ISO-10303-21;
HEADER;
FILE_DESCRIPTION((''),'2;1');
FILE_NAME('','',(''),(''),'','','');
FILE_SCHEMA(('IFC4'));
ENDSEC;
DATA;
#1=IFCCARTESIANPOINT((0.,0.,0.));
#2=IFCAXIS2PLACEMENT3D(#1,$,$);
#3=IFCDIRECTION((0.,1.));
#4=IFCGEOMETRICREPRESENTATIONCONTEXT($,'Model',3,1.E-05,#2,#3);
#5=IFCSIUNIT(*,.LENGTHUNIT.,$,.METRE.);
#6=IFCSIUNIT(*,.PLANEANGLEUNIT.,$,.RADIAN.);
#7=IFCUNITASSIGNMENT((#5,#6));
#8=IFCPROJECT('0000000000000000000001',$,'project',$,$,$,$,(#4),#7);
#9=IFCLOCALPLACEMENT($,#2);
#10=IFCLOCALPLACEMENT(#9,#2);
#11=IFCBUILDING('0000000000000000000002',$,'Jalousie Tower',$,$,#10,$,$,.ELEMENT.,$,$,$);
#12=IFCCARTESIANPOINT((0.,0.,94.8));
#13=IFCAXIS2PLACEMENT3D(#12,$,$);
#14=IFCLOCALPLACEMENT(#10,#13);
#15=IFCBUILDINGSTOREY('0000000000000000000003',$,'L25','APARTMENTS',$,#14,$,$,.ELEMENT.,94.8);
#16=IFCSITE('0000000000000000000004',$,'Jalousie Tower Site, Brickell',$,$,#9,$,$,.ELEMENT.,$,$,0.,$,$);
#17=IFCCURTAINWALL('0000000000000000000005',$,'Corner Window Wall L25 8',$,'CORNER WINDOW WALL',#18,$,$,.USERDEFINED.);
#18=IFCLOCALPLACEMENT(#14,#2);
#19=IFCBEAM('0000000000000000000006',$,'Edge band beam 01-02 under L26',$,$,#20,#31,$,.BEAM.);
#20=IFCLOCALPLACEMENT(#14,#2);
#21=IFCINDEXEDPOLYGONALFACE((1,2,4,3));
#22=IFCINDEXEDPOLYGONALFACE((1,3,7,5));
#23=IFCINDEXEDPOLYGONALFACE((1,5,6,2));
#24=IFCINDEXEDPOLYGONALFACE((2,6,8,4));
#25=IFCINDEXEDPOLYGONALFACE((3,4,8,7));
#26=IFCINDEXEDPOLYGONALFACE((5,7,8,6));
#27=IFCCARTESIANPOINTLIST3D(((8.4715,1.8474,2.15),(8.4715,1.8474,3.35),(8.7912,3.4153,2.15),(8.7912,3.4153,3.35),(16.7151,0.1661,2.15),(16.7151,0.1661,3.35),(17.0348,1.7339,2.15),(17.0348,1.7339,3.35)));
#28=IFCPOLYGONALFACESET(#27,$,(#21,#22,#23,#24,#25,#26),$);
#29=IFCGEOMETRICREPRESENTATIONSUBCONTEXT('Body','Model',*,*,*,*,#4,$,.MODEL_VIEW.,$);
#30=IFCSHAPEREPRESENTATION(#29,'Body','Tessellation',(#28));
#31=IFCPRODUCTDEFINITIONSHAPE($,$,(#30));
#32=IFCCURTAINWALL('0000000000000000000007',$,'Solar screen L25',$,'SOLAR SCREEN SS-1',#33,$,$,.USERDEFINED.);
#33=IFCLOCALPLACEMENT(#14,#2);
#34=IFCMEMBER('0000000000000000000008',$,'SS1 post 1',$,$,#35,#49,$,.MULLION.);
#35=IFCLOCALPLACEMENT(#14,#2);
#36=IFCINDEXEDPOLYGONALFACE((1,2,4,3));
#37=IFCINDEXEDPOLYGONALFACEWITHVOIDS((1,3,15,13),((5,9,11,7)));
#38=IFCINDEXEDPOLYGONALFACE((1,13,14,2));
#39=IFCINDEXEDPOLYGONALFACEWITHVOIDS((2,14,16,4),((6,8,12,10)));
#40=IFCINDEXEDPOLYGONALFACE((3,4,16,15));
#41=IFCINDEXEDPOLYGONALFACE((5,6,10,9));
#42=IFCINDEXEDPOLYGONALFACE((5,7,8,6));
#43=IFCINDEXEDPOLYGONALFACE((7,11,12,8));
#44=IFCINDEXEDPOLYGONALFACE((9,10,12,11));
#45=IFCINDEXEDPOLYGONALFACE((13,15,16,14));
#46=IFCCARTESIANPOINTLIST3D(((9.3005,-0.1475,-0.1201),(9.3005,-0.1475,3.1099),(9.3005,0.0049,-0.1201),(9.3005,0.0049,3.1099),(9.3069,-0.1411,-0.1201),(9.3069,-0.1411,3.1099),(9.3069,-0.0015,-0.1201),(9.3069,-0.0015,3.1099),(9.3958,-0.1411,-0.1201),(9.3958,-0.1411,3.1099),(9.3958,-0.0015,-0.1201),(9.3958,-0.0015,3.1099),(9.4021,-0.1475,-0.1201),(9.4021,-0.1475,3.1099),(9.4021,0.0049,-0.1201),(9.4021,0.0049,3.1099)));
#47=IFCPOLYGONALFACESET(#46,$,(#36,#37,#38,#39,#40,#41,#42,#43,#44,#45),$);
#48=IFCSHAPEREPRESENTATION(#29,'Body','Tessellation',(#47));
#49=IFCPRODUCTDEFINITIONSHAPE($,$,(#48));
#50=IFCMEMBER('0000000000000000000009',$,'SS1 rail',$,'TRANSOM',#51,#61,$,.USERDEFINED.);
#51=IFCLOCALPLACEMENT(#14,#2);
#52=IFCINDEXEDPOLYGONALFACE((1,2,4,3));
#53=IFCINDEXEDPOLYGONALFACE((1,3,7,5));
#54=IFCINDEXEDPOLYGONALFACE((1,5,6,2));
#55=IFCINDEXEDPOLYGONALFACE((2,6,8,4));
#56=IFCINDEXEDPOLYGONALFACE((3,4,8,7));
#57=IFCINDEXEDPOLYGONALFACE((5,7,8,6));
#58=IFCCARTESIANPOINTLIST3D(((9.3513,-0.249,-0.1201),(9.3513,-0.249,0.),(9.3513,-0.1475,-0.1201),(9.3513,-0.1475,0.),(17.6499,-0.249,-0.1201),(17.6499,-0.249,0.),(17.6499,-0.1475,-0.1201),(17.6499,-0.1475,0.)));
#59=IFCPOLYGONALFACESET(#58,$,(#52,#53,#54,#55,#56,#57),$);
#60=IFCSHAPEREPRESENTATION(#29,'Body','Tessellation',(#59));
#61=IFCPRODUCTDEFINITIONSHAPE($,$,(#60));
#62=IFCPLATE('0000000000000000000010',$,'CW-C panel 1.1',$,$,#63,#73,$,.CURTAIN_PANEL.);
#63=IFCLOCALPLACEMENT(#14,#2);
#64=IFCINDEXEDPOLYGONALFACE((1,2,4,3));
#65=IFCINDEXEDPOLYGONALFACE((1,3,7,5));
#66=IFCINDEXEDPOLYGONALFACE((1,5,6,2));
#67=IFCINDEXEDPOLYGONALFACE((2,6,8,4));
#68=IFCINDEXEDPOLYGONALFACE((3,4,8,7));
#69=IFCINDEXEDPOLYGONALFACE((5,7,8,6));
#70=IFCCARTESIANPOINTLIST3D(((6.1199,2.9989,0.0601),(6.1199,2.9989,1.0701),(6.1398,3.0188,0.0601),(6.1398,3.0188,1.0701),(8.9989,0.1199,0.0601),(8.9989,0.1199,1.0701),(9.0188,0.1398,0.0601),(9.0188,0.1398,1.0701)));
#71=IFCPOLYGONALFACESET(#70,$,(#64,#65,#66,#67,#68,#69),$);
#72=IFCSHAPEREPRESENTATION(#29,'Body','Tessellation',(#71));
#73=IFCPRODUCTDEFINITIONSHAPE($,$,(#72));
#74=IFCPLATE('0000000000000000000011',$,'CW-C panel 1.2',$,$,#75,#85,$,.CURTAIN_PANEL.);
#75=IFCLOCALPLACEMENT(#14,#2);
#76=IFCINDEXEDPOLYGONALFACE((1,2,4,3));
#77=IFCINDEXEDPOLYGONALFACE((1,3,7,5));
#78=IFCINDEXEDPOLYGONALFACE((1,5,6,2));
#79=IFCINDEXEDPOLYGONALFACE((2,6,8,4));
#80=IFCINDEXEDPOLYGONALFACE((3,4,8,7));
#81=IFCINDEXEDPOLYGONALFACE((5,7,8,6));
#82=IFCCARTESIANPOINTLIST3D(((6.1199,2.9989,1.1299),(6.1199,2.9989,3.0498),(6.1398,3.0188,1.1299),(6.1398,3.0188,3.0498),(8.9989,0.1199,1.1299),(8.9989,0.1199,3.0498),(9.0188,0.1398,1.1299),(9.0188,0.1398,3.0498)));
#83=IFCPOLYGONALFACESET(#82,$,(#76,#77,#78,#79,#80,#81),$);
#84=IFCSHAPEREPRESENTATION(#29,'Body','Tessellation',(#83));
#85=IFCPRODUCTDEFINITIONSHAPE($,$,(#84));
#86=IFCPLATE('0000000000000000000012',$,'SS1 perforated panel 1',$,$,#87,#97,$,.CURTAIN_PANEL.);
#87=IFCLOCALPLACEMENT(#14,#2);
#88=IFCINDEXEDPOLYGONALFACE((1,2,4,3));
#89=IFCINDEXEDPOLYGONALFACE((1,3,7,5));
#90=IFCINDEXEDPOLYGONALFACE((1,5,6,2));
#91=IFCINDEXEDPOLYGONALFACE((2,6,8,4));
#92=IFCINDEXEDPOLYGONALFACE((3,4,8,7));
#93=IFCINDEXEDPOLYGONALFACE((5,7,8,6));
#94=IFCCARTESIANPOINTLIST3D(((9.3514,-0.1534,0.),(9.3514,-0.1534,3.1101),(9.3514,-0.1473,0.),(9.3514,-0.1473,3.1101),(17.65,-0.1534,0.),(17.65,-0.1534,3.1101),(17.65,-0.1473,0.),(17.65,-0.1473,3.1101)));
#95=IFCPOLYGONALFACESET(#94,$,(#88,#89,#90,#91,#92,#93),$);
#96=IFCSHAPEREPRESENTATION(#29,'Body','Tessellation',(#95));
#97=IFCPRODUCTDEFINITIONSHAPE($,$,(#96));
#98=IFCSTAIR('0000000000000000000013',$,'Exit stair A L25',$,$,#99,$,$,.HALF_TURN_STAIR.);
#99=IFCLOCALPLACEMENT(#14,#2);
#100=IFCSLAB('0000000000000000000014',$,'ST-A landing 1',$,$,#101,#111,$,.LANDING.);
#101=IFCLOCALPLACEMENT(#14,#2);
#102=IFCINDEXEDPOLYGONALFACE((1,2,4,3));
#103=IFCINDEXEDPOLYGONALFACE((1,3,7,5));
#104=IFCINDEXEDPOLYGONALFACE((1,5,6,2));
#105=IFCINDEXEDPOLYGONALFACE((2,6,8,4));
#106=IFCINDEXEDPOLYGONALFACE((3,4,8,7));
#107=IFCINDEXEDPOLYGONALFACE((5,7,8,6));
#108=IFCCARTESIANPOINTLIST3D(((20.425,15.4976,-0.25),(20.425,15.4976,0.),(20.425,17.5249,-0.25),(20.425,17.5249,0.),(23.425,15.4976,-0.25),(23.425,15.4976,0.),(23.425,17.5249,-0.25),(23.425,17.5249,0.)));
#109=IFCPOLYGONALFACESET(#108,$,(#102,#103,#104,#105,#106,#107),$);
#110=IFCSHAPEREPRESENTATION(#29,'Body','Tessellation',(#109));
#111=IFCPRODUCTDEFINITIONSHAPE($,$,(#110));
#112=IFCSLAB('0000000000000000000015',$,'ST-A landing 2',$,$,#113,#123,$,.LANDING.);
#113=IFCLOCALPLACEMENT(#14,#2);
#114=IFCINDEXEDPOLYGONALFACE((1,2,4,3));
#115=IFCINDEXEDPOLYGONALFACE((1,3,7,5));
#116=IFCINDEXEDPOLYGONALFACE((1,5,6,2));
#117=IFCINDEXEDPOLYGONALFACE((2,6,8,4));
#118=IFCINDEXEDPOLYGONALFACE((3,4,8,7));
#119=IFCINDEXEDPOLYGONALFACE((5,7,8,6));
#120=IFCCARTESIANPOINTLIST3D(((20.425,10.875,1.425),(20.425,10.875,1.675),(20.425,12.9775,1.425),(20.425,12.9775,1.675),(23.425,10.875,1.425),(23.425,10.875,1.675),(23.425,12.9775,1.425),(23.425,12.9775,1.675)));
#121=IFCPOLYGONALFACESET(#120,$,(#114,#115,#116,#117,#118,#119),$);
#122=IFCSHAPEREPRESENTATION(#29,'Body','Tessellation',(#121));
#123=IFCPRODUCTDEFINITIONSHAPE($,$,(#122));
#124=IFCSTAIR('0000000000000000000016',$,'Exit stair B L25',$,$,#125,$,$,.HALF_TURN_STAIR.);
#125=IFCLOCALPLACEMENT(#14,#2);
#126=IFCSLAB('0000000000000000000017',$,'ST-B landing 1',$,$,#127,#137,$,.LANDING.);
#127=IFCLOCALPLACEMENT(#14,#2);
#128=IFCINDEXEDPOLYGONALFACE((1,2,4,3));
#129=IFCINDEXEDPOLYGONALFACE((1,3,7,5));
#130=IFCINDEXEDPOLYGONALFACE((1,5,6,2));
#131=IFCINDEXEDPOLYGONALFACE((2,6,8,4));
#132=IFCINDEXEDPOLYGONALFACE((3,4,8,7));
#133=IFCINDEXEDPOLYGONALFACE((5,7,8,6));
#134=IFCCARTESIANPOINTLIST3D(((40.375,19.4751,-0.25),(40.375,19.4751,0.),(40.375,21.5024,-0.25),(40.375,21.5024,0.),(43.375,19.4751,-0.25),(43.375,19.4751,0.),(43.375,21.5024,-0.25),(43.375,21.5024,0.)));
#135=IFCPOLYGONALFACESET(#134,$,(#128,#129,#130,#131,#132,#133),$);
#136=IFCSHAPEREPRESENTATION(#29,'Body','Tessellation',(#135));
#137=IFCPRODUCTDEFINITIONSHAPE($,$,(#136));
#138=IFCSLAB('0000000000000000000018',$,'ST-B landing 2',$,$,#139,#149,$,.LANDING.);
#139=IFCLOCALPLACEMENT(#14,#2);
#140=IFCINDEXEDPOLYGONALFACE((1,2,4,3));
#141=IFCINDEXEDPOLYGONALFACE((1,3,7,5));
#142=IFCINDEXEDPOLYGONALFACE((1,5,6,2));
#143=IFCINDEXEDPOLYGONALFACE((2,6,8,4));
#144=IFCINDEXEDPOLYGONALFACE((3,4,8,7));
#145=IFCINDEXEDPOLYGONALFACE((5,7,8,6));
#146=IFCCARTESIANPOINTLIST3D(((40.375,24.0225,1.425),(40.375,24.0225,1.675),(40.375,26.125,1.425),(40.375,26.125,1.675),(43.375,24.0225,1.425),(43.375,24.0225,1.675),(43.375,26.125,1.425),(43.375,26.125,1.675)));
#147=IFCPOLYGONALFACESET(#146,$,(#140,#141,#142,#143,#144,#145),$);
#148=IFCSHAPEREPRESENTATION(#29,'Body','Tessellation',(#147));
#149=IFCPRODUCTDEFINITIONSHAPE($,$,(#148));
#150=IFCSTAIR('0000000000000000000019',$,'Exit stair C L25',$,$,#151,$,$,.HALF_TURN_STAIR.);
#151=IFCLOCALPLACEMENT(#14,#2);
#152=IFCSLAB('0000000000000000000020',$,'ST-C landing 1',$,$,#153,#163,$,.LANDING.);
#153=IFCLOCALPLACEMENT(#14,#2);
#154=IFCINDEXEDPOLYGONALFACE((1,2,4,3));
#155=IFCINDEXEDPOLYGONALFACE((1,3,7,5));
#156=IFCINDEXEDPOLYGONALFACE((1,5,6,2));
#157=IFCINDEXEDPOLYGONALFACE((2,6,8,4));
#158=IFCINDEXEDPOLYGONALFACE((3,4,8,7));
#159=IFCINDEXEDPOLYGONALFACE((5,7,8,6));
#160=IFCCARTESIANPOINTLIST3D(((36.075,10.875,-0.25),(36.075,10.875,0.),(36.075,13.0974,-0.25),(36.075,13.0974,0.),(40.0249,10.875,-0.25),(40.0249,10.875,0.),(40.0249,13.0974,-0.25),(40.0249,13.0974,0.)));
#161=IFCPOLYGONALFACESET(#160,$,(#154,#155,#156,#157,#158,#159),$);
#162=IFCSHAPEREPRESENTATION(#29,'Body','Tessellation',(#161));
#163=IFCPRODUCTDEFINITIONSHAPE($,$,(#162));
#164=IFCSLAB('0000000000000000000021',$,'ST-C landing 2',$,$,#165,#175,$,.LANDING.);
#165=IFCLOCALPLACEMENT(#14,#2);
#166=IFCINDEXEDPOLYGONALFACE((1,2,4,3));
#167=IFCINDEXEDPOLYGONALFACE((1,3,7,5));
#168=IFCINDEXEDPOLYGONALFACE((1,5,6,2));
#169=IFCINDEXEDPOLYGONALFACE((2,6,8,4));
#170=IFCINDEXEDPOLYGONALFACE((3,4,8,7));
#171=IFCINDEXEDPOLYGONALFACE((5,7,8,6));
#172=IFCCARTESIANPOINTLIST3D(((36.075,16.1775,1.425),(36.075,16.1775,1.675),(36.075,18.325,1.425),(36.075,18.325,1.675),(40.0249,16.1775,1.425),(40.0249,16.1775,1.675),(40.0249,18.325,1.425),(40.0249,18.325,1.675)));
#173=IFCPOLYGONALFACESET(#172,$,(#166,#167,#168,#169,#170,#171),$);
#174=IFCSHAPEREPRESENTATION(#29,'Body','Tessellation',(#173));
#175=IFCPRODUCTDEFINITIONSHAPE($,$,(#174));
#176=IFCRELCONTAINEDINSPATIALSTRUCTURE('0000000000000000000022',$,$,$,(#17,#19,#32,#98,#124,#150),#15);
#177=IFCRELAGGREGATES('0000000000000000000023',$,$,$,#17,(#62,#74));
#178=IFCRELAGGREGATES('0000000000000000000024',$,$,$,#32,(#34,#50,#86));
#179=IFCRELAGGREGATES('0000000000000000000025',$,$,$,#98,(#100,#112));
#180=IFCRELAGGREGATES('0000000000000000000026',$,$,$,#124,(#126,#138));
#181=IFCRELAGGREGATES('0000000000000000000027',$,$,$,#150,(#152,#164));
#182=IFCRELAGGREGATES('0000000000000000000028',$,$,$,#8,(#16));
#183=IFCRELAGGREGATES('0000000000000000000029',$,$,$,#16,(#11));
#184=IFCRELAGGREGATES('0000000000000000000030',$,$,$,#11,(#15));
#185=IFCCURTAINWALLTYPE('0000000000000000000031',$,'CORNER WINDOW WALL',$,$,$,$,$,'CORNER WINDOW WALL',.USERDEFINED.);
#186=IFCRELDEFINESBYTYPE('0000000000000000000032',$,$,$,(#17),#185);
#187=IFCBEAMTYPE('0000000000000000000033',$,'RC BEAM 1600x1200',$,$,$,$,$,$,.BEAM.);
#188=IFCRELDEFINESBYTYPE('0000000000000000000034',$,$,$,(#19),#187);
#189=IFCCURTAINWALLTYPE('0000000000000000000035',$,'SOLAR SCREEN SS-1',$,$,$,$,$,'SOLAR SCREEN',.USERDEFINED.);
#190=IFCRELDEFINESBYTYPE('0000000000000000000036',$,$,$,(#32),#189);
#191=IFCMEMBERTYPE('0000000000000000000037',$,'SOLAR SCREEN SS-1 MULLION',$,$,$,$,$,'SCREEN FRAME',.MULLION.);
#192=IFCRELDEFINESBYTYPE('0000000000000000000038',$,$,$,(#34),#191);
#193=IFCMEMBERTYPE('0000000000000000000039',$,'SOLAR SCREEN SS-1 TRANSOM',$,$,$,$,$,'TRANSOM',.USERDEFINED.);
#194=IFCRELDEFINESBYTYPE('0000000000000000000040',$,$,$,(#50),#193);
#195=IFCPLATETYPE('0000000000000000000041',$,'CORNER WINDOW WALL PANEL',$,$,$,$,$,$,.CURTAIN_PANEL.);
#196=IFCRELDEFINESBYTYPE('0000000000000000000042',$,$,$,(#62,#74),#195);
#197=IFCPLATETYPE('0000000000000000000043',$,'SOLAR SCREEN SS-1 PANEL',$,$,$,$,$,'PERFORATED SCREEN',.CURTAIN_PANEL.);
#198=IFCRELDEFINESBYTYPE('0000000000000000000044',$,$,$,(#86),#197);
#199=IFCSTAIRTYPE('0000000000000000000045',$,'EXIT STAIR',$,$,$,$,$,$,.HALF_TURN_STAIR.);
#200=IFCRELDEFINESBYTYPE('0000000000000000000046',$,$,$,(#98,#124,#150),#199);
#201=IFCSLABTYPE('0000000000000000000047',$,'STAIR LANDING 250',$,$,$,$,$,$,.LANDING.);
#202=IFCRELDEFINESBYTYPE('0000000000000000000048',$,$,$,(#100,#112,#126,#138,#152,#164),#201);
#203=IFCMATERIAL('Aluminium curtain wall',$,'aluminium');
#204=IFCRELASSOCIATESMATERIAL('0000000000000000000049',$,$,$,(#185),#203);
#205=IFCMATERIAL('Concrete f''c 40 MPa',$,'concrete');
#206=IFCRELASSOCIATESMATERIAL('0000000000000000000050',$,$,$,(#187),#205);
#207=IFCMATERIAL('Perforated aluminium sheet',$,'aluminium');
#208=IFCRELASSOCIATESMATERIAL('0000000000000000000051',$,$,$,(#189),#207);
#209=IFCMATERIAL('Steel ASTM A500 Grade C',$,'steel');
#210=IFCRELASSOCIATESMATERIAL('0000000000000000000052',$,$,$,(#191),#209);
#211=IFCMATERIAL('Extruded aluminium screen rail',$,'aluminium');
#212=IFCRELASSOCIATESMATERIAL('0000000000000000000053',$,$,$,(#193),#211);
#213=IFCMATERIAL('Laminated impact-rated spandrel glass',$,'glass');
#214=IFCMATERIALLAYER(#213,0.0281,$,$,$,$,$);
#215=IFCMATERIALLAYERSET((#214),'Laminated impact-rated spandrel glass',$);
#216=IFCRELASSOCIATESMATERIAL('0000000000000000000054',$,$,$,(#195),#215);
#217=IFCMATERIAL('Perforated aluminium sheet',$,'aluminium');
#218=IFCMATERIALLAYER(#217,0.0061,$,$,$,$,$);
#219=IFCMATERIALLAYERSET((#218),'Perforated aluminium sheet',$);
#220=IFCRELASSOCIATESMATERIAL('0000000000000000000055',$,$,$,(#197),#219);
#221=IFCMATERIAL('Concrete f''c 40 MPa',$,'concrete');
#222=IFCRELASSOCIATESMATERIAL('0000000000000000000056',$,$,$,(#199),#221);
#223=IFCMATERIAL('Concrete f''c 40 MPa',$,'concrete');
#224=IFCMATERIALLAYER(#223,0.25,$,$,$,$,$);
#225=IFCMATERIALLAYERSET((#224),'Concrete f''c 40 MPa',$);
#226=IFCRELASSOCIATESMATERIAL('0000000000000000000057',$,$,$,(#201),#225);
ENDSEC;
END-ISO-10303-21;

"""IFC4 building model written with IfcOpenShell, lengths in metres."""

from ifc_helpers import new_model, si_unit, direction, frame, origin, origin_2d, place, context, subcontext, project, spatial, polyline, rectangle, hollow_rectangle, outline, extrude, material, layer, layer_set, material_profile, profile_set, type_object, element, aggregate, save


model = new_model("IFC4")

# Units and contexts
model_context = context("Model", 3, precision=1e-05, world=origin(), true_north=direction((0.0, 1.0)))
body_context = subcontext(model_context, "Body", "Model", "MODEL_VIEW")
ifc_project = project(units=[si_unit("LENGTHUNIT", "METRE"), si_unit("PLANEANGLEUNIT", "RADIAN")], contexts=[model_context])

# Site, building, storey
site_placement = place(None, origin())
site = spatial("IfcSite", under=ifc_project, at=site_placement, Name="Jalousie Tower Site, Brickell", CompositionType="ELEMENT", RefElevation=0.0)
building_placement = place(site_placement, origin())
building = spatial("IfcBuilding", under=site, at=building_placement, Name="Jalousie Tower", CompositionType="ELEMENT")
storey_placement = place(building_placement, frame((0.0, 0.0, 94.8)))
storey = spatial("IfcBuildingStorey", under=building, at=storey_placement, Name="L25", Description="APARTMENTS", CompositionType="ELEMENT", Elevation=94.8)

# Curtain wall
ifc_material_1 = material(Name="Aluminium curtain wall", Category="aluminium")
curtain_wall_type_1 = type_object("IfcCurtainWallType", Name="CORNER WINDOW WALL", ElementType="CORNER WINDOW WALL", PredefinedType="USERDEFINED", material=ifc_material_1)
curtain_wall_1_placement = place(storey_placement, origin())
curtain_wall_1 = element("IfcCurtainWall", 1, at=curtain_wall_1_placement, inside=storey, type_object=curtain_wall_type_1, Name="Corner Window Wall L25 8", ObjectType="CORNER WINDOW WALL", PredefinedType="USERDEFINED")

# Beam
ifc_material_2 = material(Name="Concrete f'c 40 MPa", Category="concrete")
ifc_material_profile_1 = material_profile(ifc_material_2, rectangle(XDim=1.6001, YDim=1.2, at=origin_2d()), Name="RC 1600x1200")
ifc_profile_set_1 = profile_set([ifc_material_profile_1], Name="Concrete f'c 40 MPa")
beam_type_1 = type_object("IfcBeamType", Name="RC BEAM 1600x1200", PredefinedType="BEAM", material=ifc_profile_set_1)
beam_1_placement = place(storey_placement, frame((8.6313, 2.6313, 2.75), z_axis=(0.979827, -0.199848, 0.0), x_axis=(0.199848, 0.979827, 0.0)))
element("IfcBeam", 2, at=beam_1_placement, inside=storey, type_object=beam_type_1, Name="Edge band beam 01-02 under L26", PredefinedType="BEAM", context=body_context, shape_type="SweptSolid", body=[
    extrude(rectangle(XDim=1.6001, YDim=1.2, at=origin_2d()), origin(), (0.0, 0.0, 1.0), 8.4133),
])

# Curtain wall, members
ifc_material_3 = material(Name="Perforated aluminium sheet", Category="aluminium")
curtain_wall_type_2 = type_object("IfcCurtainWallType", Name="SOLAR SCREEN SS-1", ElementType="SOLAR SCREEN", PredefinedType="USERDEFINED", material=ifc_material_3)
curtain_wall_2_placement = place(storey_placement, origin())
curtain_wall_2 = element("IfcCurtainWall", 3, at=curtain_wall_2_placement, inside=storey, type_object=curtain_wall_type_2, Name="Solar screen L25", ObjectType="SOLAR SCREEN SS-1", PredefinedType="USERDEFINED")
ifc_material_4 = material(Name="Steel ASTM A500 Grade C", Category="steel")
ifc_material_profile_2 = material_profile(ifc_material_4, hollow_rectangle(XDim=0.1016, YDim=0.1523, WallThickness=0.0063, at=origin_2d()), Name="HSS6X4X1/4")
ifc_profile_set_2 = profile_set([ifc_material_profile_2], Name="Steel ASTM A500 Grade C")
member_type_1 = type_object("IfcMemberType", Name="SOLAR SCREEN SS-1 MULLION", ElementType="SCREEN FRAME", PredefinedType="MULLION", material=ifc_profile_set_2)
member_1_placement = place(storey_placement, frame((9.3513, -0.0713, -0.1201), z_axis=(0.0, 0.0, 1.0), x_axis=(1.0, 0.0, 0.0)))
member_1 = element("IfcMember", 4, at=member_1_placement, type_object=member_type_1, Name="SS1 post 1", PredefinedType="MULLION", context=body_context, shape_type="SweptSolid", body=[
    extrude(hollow_rectangle(XDim=0.1016, YDim=0.1523, WallThickness=0.0063, at=origin_2d()), origin(), (0.0, 0.0, 1.0), 3.23),
])
ifc_material_5 = material(Name="Extruded aluminium screen rail", Category="aluminium")
ifc_material_profile_3 = material_profile(ifc_material_5, rectangle(XDim=0.1016, YDim=0.1201, at=origin_2d()), Name="RAIL 102x120")
ifc_profile_set_3 = profile_set([ifc_material_profile_3], Name="Extruded aluminium screen rail")
member_type_2 = type_object("IfcMemberType", Name="SOLAR SCREEN SS-1 TRANSOM", ElementType="TRANSOM", PredefinedType="USERDEFINED", material=ifc_profile_set_3)
member_2_placement = place(storey_placement, frame((9.3513, -0.1982, -0.0601), z_axis=(1.0, 0.0, 0.0), x_axis=(0.0, 1.0, 0.0)))
member_2 = element("IfcMember", 5, at=member_2_placement, type_object=member_type_2, Name="SS1 rail", ObjectType="TRANSOM", PredefinedType="USERDEFINED", context=body_context, shape_type="SweptSolid", body=[
    extrude(rectangle(XDim=0.1016, YDim=0.1201, at=origin_2d()), origin(), (0.0, 0.0, 1.0), 8.2986),
])

# Plates
ifc_material_6 = material(Name="Laminated impact-rated spandrel glass", Category="glass")
ifc_layer_1 = layer(ifc_material_6, 0.0281)
ifc_layer_set_1 = layer_set([ifc_layer_1], Name="Laminated impact-rated spandrel glass")
plate_type_1 = type_object("IfcPlateType", Name="CORNER WINDOW WALL PANEL", PredefinedType="CURTAIN_PANEL", material=ifc_layer_set_1)
plate_1_placement = place(storey_placement, frame((7.5693, 1.5693, 0.0601), z_axis=(0.0, 0.0, 1.0), x_axis=(0.707107, -0.707107, 0.0)))
plate_1 = element("IfcPlate", 6, at=plate_1_placement, type_object=plate_type_1, Name="CW-C panel 1.1", PredefinedType="CURTAIN_PANEL", context=body_context, shape_type="SweptSolid", body=[
    extrude(rectangle(XDim=4.0715, YDim=0.0281, at=origin_2d()), origin(), (0.0, 0.0, 1.0), 1.01),
])
plate_2_placement = place(storey_placement, frame((7.5693, 1.5693, 1.1299), z_axis=(0.0, 0.0, 1.0), x_axis=(0.707107, -0.707107, 0.0)))
plate_2 = element("IfcPlate", 7, at=plate_2_placement, type_object=plate_type_1, Name="CW-C panel 1.2", PredefinedType="CURTAIN_PANEL", context=body_context, shape_type="SweptSolid", body=[
    extrude(rectangle(XDim=4.0715, YDim=0.0281, at=origin_2d()), origin(), (0.0, 0.0, 1.0), 1.9199),
])
aggregate(curtain_wall_1, [plate_1, plate_2])

# Plate
ifc_material_7 = material(Name="Perforated aluminium sheet", Category="aluminium")
ifc_layer_2 = layer(ifc_material_7, 0.0061)
ifc_layer_set_2 = layer_set([ifc_layer_2], Name="Perforated aluminium sheet")
plate_type_2 = type_object("IfcPlateType", Name="SOLAR SCREEN SS-1 PANEL", ElementType="PERFORATED SCREEN", PredefinedType="CURTAIN_PANEL", material=ifc_layer_set_2)
plate_3_placement = place(storey_placement, frame((13.5007, -0.1504, 0.0), z_axis=(0.0, 0.0, 1.0), x_axis=(1.0, 0.0, 0.0)))
plate_3 = element("IfcPlate", 8, at=plate_3_placement, type_object=plate_type_2, Name="SS1 perforated panel 1", PredefinedType="CURTAIN_PANEL", context=body_context, shape_type="SweptSolid", body=[
    extrude(rectangle(XDim=8.2986, YDim=0.0061, at=origin_2d()), origin(), (0.0, 0.0, 1.0), 3.1101),
])
aggregate(curtain_wall_2, [member_1, member_2, plate_3])

# Stairs, slabs
ifc_material_8 = material(Name="Concrete f'c 40 MPa", Category="concrete")
stair_type = type_object("IfcStairType", Name="EXIT STAIR", PredefinedType="HALF_TURN_STAIR", material=ifc_material_8)
stair_1_placement = place(storey_placement, origin())
stair_1 = element("IfcStair", 9, at=stair_1_placement, inside=storey, type_object=stair_type, Name="Exit stair A L25", PredefinedType="HALF_TURN_STAIR")
ifc_material_9 = material(Name="Concrete f'c 40 MPa", Category="concrete")
ifc_layer_3 = layer(ifc_material_9, 0.25)
ifc_layer_set_3 = layer_set([ifc_layer_3], Name="Concrete f'c 40 MPa")
slab_type_1 = type_object("IfcSlabType", Name="STAIR LANDING 250", PredefinedType="LANDING", material=ifc_layer_set_3)
slab_1_placement = place(storey_placement, frame((0.0, 0.0, -0.25)))
slab_1 = element("IfcSlab", 10, at=slab_1_placement, type_object=slab_type_1, Name="ST-A landing 1", PredefinedType="LANDING", context=body_context, shape_type="SweptSolid", body=[
    extrude(outline(polyline([(20.425, 15.4976), (23.425, 15.4976), (23.425, 17.5249), (20.425, 17.5249), (20.425, 15.4976)])), origin(), (0.0, 0.0, 1.0), 0.25),
])
slab_2_placement = place(storey_placement, frame((0.0, 0.0, 1.425)))
slab_2 = element("IfcSlab", 11, at=slab_2_placement, type_object=slab_type_1, Name="ST-A landing 2", PredefinedType="LANDING", context=body_context, shape_type="SweptSolid", body=[
    extrude(outline(polyline([(20.425, 10.875), (23.425, 10.875), (23.425, 12.9775), (20.425, 12.9775), (20.425, 10.875)])), origin(), (0.0, 0.0, 1.0), 0.25),
])
aggregate(stair_1, [slab_1, slab_2])
stair_2_placement = place(storey_placement, origin())
stair_2 = element("IfcStair", 12, at=stair_2_placement, inside=storey, type_object=stair_type, Name="Exit stair B L25", PredefinedType="HALF_TURN_STAIR")
slab_3_placement = place(storey_placement, frame((0.0, 0.0, -0.25)))
slab_3 = element("IfcSlab", 13, at=slab_3_placement, type_object=slab_type_1, Name="ST-B landing 1", PredefinedType="LANDING", context=body_context, shape_type="SweptSolid", body=[
    extrude(outline(polyline([(40.375, 19.4751), (43.375, 19.4751), (43.375, 21.5024), (40.375, 21.5024), (40.375, 19.4751)])), origin(), (0.0, 0.0, 1.0), 0.25),
])
slab_4_placement = place(storey_placement, frame((0.0, 0.0, 1.425)))
slab_4 = element("IfcSlab", 14, at=slab_4_placement, type_object=slab_type_1, Name="ST-B landing 2", PredefinedType="LANDING", context=body_context, shape_type="SweptSolid", body=[
    extrude(outline(polyline([(40.375, 24.0225), (43.375, 24.0225), (43.375, 26.125), (40.375, 26.125), (40.375, 24.0225)])), origin(), (0.0, 0.0, 1.0), 0.25),
])
aggregate(stair_2, [slab_3, slab_4])
stair_3_placement = place(storey_placement, origin())
stair_3 = element("IfcStair", 15, at=stair_3_placement, inside=storey, type_object=stair_type, Name="Exit stair C L25", PredefinedType="HALF_TURN_STAIR")
slab_5_placement = place(storey_placement, frame((0.0, 0.0, -0.25)))
slab_5 = element("IfcSlab", 16, at=slab_5_placement, type_object=slab_type_1, Name="ST-C landing 1", PredefinedType="LANDING", context=body_context, shape_type="SweptSolid", body=[
    extrude(outline(polyline([(36.075, 10.875), (40.0249, 10.875), (40.0249, 13.0974), (36.075, 13.0974), (36.075, 10.875)])), origin(), (0.0, 0.0, 1.0), 0.25),
])
slab_6_placement = place(storey_placement, frame((0.0, 0.0, 1.425)))
slab_6 = element("IfcSlab", 17, at=slab_6_placement, type_object=slab_type_1, Name="ST-C landing 2", PredefinedType="LANDING", context=body_context, shape_type="SweptSolid", body=[
    extrude(outline(polyline([(36.075, 16.1775), (40.0249, 16.1775), (40.0249, 18.325), (36.075, 18.325), (36.075, 16.1775)])), origin(), (0.0, 0.0, 1.0), 0.25),
])
aggregate(stair_3, [slab_5, slab_6])

save(model, "model.ifc")
